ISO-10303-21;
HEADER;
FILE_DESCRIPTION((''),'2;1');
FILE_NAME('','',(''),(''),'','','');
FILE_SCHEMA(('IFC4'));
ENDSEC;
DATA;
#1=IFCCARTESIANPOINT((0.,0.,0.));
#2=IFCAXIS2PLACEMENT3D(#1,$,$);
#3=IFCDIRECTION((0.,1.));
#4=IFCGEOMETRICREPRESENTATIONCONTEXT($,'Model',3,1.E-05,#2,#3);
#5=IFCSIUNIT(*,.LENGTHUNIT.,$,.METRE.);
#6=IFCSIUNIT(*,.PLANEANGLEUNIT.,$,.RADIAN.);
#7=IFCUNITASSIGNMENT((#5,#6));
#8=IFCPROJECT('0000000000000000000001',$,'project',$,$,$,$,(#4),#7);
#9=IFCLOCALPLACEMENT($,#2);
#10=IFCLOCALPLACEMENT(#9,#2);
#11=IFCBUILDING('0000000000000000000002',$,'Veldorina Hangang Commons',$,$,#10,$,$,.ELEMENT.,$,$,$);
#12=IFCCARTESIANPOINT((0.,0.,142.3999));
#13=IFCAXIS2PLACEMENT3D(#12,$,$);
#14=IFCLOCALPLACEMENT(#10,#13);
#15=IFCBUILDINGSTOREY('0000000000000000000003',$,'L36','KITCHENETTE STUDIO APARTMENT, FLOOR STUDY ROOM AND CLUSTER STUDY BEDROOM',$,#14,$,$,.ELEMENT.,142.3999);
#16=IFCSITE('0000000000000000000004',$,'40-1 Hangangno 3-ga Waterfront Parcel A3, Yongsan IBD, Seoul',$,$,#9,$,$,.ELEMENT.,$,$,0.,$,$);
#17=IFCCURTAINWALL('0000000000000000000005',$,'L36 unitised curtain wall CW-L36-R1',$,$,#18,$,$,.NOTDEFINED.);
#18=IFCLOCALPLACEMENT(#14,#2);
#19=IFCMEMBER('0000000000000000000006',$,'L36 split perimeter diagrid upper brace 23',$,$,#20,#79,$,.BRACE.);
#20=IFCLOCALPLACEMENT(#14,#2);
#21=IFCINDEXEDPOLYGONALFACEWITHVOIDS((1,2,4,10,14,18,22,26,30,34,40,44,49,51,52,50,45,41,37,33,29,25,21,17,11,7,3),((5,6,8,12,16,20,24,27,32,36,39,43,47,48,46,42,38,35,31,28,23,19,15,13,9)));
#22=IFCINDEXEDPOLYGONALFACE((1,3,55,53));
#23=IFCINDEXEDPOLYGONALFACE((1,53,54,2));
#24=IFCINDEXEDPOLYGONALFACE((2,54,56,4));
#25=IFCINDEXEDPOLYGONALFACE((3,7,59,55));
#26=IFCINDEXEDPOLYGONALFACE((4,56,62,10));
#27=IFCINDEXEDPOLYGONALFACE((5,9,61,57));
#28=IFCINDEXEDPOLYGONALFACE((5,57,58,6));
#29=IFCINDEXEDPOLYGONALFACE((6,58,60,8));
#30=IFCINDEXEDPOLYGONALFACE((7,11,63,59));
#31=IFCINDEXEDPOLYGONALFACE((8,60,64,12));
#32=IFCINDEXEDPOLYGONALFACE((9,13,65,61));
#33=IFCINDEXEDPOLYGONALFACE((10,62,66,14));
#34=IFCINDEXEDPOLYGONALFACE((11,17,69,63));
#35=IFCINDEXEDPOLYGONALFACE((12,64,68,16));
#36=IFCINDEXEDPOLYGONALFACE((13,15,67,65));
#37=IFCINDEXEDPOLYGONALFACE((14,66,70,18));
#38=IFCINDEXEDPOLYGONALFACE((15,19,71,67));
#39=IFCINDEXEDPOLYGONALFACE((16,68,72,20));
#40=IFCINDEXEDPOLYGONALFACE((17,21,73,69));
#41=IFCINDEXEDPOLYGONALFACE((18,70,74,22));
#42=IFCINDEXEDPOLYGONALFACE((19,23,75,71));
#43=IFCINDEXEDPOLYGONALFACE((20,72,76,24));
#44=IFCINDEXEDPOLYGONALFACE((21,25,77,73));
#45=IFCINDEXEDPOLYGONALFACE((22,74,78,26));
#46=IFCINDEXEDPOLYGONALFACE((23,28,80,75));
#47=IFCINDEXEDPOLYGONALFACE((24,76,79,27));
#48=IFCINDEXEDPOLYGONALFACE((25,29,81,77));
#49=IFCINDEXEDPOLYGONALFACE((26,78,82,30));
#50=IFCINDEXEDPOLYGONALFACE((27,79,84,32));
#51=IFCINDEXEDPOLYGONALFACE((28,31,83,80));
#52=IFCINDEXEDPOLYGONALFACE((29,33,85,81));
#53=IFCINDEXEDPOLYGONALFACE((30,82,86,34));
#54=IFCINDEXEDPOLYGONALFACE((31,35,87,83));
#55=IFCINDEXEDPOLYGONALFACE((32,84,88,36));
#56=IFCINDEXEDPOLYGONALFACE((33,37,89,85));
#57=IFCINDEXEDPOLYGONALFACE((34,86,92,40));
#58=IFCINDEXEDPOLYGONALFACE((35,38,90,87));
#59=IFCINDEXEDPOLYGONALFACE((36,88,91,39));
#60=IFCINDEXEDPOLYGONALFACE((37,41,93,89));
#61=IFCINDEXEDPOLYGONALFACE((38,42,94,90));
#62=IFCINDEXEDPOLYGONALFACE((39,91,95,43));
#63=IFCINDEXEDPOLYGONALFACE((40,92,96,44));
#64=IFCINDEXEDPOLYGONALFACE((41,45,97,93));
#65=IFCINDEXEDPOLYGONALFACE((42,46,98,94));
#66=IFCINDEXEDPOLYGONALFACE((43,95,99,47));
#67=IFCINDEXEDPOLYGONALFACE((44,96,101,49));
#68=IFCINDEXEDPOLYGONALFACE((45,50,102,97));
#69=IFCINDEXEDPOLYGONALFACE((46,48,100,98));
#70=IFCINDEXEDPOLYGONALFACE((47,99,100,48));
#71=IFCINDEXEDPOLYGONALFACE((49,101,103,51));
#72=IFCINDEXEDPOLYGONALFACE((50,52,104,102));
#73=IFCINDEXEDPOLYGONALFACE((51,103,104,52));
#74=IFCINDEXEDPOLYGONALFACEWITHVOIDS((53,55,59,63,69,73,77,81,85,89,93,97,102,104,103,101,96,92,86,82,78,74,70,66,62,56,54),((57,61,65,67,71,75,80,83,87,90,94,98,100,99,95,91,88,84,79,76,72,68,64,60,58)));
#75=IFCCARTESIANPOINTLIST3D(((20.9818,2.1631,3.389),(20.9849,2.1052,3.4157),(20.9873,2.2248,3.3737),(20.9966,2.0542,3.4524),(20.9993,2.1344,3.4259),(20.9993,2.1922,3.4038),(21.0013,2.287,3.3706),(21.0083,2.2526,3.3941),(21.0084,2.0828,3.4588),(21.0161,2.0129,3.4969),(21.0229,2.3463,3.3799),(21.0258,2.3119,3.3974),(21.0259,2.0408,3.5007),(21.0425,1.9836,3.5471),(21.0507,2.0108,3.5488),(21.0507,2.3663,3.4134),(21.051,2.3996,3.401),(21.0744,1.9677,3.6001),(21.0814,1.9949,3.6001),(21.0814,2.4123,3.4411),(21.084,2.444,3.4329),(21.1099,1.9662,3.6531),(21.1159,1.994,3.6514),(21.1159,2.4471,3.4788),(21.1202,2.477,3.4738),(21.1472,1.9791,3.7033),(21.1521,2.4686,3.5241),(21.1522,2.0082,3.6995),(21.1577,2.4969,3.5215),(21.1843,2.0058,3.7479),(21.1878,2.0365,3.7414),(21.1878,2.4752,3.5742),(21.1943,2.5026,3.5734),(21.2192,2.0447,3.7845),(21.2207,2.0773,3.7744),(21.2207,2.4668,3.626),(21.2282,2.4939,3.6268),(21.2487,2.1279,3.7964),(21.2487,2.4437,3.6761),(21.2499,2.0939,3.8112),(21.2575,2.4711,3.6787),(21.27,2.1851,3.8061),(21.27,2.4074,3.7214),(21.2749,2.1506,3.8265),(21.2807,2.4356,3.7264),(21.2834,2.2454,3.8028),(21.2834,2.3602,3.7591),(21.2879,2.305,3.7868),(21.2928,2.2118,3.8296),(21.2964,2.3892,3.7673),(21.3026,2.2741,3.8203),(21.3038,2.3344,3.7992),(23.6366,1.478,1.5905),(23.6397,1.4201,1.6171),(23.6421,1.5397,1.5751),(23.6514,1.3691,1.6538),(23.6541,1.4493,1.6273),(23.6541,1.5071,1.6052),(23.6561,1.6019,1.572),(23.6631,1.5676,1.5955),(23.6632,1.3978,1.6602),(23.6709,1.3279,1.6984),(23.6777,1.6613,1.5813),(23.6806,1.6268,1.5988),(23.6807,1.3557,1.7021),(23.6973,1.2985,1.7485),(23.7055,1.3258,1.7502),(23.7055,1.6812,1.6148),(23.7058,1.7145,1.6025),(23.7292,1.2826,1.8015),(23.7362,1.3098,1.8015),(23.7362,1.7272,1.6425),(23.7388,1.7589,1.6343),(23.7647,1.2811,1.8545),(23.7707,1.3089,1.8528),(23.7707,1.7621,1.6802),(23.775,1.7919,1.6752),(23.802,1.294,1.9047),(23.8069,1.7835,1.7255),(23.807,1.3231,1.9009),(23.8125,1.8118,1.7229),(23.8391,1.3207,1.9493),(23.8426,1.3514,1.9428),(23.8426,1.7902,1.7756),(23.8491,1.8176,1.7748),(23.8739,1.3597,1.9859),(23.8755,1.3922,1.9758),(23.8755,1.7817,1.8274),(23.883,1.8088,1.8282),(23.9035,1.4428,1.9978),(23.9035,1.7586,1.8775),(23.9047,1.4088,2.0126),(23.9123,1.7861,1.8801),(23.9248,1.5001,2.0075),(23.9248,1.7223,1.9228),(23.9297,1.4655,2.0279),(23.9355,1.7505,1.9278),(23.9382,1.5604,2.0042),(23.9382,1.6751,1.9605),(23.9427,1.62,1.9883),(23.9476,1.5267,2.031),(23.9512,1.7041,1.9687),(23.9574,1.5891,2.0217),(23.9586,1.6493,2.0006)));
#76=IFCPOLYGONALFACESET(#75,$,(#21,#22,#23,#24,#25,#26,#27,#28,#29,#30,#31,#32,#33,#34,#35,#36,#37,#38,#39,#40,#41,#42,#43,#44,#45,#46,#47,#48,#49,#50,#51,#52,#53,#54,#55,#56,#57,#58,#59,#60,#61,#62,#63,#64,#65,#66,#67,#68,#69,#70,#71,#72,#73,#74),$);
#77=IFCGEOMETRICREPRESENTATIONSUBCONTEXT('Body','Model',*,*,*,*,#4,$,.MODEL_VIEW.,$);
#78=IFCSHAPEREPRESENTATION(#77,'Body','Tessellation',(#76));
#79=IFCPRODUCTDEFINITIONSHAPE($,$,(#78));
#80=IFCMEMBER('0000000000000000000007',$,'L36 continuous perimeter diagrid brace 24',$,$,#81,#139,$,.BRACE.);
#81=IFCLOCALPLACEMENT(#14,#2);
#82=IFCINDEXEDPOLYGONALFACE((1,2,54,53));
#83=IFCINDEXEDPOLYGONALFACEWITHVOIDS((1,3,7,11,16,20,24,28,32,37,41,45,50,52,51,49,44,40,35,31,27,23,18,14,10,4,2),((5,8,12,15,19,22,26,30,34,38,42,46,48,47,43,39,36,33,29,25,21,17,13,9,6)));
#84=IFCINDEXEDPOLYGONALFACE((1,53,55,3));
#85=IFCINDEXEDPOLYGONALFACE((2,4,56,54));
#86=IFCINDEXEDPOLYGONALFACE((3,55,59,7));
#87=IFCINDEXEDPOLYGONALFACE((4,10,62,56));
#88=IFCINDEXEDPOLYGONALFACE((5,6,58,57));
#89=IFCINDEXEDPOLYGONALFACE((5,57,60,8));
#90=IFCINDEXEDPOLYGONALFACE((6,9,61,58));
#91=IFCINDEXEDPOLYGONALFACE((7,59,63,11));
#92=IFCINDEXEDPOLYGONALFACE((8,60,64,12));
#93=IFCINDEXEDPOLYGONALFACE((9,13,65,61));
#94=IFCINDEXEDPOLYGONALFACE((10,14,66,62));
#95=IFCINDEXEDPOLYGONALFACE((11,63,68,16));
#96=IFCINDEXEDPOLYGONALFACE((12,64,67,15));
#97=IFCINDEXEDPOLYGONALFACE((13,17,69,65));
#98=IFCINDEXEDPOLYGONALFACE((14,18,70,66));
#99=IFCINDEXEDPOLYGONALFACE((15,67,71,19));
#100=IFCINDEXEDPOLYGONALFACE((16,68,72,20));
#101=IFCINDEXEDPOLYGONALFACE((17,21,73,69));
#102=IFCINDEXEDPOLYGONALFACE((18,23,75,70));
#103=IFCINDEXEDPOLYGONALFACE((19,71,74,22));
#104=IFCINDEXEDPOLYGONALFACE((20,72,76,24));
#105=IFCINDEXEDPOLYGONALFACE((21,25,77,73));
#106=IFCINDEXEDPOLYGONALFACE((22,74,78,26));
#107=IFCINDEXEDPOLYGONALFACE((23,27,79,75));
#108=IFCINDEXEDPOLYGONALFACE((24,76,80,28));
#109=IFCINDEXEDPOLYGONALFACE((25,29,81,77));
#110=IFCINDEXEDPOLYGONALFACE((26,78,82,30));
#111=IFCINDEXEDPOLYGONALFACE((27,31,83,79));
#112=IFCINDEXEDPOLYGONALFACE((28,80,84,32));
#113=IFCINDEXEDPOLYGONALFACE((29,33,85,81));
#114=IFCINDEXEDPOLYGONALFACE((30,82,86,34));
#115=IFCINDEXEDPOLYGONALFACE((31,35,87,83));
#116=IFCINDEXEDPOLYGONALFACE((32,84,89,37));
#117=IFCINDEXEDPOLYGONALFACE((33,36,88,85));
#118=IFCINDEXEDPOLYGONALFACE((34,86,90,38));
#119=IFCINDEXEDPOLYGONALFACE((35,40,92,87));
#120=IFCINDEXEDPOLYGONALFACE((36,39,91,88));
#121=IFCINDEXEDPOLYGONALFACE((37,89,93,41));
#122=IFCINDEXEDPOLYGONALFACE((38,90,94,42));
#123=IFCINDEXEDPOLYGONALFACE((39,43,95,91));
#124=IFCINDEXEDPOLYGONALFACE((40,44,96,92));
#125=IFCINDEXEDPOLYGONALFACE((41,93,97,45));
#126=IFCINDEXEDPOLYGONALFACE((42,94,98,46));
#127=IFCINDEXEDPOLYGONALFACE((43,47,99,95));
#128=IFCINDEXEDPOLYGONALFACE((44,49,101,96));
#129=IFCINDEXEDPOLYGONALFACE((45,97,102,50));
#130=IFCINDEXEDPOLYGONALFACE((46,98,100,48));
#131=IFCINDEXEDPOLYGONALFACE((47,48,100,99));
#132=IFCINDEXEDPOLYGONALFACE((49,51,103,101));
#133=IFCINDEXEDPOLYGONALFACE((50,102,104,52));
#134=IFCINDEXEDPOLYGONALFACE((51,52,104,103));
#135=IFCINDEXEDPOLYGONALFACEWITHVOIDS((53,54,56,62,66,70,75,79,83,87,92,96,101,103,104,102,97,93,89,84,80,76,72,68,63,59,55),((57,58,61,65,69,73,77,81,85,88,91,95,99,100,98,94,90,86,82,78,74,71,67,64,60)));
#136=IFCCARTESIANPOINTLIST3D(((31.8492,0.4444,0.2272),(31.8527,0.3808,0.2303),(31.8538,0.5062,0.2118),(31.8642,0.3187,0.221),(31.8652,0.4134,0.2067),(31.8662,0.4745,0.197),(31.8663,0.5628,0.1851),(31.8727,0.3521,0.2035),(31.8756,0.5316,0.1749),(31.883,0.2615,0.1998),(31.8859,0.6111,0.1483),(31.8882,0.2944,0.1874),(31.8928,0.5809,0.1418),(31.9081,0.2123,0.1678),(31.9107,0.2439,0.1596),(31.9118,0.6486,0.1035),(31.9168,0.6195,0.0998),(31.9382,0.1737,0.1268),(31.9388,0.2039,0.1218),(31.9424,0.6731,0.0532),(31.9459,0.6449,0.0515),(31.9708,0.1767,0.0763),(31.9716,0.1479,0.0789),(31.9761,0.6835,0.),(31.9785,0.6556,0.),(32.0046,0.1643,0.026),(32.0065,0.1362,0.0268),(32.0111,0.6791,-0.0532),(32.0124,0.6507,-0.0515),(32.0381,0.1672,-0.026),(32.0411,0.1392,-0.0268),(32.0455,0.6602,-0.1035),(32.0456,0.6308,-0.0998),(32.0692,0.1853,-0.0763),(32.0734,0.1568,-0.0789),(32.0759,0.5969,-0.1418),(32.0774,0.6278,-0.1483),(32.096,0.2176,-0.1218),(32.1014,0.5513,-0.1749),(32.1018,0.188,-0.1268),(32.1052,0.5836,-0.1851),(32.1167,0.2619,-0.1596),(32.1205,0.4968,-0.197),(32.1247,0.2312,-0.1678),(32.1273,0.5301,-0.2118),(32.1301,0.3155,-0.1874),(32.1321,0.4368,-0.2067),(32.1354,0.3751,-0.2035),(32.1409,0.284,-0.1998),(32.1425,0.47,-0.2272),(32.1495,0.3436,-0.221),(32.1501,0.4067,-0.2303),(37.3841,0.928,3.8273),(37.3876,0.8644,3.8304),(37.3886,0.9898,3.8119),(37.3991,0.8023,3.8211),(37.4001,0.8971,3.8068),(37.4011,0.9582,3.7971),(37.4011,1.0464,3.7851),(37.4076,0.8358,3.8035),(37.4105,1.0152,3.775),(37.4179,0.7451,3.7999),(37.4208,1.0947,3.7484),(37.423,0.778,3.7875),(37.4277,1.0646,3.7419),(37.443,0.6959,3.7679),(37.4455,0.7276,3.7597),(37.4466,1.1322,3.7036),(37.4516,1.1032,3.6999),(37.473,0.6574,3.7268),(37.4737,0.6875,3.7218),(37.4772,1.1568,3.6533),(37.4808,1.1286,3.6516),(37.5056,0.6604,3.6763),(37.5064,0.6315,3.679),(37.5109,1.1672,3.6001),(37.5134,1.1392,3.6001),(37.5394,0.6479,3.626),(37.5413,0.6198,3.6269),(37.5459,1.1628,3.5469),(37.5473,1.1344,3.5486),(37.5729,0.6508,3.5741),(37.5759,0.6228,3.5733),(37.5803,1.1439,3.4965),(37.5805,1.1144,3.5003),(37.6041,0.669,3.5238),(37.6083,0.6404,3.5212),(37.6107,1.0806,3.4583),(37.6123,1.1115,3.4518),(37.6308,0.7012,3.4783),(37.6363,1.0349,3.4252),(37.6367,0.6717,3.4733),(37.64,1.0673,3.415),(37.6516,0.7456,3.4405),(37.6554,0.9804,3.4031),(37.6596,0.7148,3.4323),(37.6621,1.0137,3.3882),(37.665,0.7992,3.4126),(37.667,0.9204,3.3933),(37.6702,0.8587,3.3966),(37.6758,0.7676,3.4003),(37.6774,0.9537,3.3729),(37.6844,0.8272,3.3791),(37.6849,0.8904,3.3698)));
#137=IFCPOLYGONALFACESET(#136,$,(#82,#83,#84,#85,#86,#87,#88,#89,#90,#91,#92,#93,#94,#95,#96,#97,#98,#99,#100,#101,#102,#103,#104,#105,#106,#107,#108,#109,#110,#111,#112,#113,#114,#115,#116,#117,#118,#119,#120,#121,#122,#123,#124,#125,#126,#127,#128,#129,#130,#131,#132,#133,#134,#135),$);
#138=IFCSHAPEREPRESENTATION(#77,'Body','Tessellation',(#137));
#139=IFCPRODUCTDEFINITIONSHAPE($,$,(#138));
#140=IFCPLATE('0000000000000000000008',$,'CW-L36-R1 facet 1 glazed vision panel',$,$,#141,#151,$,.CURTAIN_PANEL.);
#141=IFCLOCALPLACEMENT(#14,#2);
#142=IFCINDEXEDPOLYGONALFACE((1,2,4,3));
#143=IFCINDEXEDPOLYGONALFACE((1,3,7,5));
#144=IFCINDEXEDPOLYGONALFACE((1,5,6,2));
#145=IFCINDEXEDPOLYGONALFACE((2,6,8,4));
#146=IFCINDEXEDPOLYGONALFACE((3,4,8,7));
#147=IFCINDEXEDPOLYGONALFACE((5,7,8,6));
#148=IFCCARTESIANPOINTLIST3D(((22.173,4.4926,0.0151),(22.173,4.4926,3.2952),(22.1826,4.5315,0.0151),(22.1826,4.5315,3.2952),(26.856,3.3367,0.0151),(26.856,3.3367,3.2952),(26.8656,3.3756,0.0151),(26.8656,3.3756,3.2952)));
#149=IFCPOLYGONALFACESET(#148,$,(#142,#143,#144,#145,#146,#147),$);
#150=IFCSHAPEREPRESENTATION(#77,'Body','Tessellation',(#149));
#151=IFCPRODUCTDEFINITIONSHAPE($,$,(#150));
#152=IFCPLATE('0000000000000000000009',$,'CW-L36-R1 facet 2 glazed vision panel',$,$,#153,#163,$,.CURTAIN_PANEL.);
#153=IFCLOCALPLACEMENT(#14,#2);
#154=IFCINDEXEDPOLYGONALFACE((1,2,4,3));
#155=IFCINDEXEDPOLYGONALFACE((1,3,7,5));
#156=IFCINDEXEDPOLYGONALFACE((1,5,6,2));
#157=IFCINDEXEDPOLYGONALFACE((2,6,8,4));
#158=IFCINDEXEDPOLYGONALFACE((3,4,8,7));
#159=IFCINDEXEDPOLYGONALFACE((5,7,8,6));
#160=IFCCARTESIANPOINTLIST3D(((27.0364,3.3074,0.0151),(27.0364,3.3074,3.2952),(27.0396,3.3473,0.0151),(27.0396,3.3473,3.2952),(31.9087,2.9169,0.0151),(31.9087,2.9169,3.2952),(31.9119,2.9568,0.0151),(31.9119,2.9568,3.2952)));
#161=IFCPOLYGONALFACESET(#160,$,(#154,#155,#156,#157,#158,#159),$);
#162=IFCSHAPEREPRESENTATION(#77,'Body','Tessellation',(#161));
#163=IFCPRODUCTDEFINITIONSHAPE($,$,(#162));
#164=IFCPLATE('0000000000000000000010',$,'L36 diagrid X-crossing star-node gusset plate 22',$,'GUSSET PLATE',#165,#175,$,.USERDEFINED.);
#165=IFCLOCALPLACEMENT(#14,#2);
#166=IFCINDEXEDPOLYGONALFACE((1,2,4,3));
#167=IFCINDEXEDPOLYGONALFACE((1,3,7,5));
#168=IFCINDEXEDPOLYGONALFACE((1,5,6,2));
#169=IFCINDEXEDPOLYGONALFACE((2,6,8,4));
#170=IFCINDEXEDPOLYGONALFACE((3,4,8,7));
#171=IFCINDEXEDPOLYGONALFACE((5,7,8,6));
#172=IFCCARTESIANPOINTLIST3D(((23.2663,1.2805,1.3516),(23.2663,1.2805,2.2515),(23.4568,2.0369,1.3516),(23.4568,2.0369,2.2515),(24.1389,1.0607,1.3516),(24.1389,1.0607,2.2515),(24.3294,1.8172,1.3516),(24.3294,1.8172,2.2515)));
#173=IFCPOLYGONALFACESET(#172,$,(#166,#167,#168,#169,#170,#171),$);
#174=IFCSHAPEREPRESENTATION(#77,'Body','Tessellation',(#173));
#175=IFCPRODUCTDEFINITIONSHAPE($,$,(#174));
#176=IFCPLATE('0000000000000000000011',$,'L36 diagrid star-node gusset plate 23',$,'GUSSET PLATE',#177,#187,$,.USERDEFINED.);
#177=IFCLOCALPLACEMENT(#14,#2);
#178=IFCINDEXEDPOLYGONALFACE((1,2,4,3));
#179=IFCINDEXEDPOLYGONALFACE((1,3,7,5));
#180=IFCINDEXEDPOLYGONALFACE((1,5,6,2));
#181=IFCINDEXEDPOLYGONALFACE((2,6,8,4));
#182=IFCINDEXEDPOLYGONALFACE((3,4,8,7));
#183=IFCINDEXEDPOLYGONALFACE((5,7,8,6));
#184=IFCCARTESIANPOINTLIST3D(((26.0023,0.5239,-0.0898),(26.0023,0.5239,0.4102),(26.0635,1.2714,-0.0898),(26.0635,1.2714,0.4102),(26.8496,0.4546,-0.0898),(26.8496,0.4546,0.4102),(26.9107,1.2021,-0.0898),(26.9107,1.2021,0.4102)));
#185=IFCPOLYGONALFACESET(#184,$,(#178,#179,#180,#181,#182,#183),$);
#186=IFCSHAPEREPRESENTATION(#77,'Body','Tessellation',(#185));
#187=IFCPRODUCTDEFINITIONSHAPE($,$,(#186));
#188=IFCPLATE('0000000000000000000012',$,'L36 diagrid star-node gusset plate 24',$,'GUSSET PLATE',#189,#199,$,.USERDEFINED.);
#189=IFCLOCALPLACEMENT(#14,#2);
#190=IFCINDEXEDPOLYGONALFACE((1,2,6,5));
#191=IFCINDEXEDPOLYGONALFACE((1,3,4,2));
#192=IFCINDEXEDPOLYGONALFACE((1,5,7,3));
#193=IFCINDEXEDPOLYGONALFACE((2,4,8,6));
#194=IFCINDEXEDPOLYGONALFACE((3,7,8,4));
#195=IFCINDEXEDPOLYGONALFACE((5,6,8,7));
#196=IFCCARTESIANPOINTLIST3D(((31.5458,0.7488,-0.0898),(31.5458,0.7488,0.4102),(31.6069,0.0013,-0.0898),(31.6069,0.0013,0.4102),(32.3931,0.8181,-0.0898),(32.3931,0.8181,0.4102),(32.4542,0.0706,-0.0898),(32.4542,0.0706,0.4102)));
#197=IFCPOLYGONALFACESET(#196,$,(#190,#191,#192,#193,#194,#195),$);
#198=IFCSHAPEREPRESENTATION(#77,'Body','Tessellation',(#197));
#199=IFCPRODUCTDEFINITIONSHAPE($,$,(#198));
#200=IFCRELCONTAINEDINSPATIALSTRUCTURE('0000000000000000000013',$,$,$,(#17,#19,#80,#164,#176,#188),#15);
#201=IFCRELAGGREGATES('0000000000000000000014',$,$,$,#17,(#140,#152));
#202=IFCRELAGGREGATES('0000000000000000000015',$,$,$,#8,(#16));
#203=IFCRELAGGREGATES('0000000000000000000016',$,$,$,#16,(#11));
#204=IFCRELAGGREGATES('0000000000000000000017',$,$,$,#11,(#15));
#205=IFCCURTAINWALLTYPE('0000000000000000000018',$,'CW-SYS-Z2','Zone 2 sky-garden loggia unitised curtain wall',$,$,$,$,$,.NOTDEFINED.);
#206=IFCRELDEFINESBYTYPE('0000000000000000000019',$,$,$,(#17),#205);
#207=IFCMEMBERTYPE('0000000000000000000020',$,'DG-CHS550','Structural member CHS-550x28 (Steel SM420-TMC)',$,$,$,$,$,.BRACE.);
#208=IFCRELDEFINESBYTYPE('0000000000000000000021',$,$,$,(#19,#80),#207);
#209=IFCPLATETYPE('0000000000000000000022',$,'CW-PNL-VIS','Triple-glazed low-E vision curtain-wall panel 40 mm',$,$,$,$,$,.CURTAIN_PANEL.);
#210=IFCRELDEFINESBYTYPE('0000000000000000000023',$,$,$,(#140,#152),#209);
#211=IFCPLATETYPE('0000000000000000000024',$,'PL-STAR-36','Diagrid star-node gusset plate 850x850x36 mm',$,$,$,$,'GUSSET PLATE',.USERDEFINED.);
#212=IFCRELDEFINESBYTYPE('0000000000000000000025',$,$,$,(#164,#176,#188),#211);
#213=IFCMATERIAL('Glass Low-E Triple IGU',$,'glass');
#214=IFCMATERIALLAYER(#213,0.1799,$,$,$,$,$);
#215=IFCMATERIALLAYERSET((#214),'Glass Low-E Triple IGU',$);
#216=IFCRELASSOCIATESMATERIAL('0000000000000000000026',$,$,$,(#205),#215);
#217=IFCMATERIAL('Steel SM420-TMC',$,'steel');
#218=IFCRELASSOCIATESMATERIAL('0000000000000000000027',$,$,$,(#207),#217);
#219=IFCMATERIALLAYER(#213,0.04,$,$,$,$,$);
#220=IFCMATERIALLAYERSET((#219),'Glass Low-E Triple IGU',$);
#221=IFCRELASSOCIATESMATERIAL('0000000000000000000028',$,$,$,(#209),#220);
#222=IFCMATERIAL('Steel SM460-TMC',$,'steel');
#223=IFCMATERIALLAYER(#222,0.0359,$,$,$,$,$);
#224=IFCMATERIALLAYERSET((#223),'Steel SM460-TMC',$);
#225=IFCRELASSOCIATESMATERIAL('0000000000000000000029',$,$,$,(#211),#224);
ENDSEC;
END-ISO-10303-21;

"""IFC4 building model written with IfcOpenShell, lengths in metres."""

from ifc_helpers import new_model, si_unit, direction, frame, origin, origin_2d, place, context, subcontext, project, spatial, rectangle, hollow_circle, extrude, material, layer, layer_set, material_profile, profile_set, type_object, element, aggregate, save


model = new_model("IFC4")

# Units and contexts
model_context = context("Model", 3, precision=1e-05, world=origin(), true_north=direction((0.0, 1.0)))
body_context = subcontext(model_context, "Body", "Model", "MODEL_VIEW")
ifc_project = project(units=[si_unit("LENGTHUNIT", "METRE"), si_unit("PLANEANGLEUNIT", "RADIAN")], contexts=[model_context])

# Site, building, storey
site_placement = place(None, origin())
site = spatial("IfcSite", under=ifc_project, at=site_placement, Name="40-1 Hangangno 3-ga Waterfront Parcel A3, Yongsan IBD, Seoul", CompositionType="ELEMENT", RefElevation=0.0)
building_placement = place(site_placement, origin())
building = spatial("IfcBuilding", under=site, at=building_placement, Name="Veldorina Hangang Commons", CompositionType="ELEMENT")
storey_placement = place(building_placement, frame((0.0, 0.0, 142.3999)))
storey = spatial("IfcBuildingStorey", under=building, at=storey_placement, Name="L36", Description="KITCHENETTE STUDIO APARTMENT, FLOOR STUDY ROOM AND CLUSTER STUDY BEDROOM", CompositionType="ELEMENT", Elevation=142.3999)

# Shared definitions
ifc_material_1 = material(Name="Steel SM420-TMC", Category="steel")

# Curtain wall
ifc_material_2 = material(Name="Glass Low-E Triple IGU", Category="glass")
ifc_layer_1 = layer(ifc_material_2, 0.1799)
ifc_layer_set_1 = layer_set([ifc_layer_1], Name="Glass Low-E Triple IGU")
curtain_wall_type = type_object("IfcCurtainWallType", Name="CW-SYS-Z2", Description="Zone 2 sky-garden loggia unitised curtain wall", PredefinedType="NOTDEFINED", material=ifc_layer_set_1)
curtain_wall_placement = place(storey_placement, origin())
curtain_wall = element("IfcCurtainWall", 1, at=curtain_wall_placement, inside=storey, type_object=curtain_wall_type, Name="L36 unitised curtain wall CW-L36-R1", PredefinedType="NOTDEFINED")

# Members
ifc_material_profile_1 = material_profile(ifc_material_1, hollow_circle(Radius=0.2749, WallThickness=0.0281, at=origin_2d()), Name="CHS-550x28")
ifc_profile_set_1 = profile_set([ifc_material_profile_1], Name="Steel SM420-TMC")
member_type_1 = type_object("IfcMemberType", Name="DG-CHS550", Description="Structural member CHS-550x28 (Steel SM420-TMC)", PredefinedType="BRACE", material=ifc_profile_set_1)
member_1_placement = place(storey_placement, frame((23.7979, 1.5488, 1.8015), z_axis=(-0.809623, 0.208921, 0.54851), x_axis=(-0.249862, -0.968281, 0.0)))
element("IfcMember", 2, at=member_1_placement, inside=storey, type_object=member_type_1, Name="L36 split perimeter diagrid upper brace 23", PredefinedType="BRACE", context=body_context, shape_type="SweptSolid", body=[
    extrude(hollow_circle(Radius=0.2749, WallThickness=0.0281, at=origin_2d()), origin(), (0.0, 0.0, 1.0), 3.2791),
])
member_2_placement = place(storey_placement, frame((32.0, 0.4097, 0.0), z_axis=(0.836037, 0.073053, 0.543787), x_axis=(-0.087049, 0.996204, 0.0)))
element("IfcMember", 3, at=member_2_placement, inside=storey, type_object=member_type_1, Name="L36 continuous perimeter diagrid brace 24", PredefinedType="BRACE", context=body_context, shape_type="SweptSolid", body=[
    extrude(hollow_circle(Radius=0.2749, WallThickness=0.0281, at=origin_2d()), origin(), (0.0, 0.0, 1.0), 6.6204),
])

# Plates
ifc_layer_2 = layer(ifc_material_2, 0.04)
ifc_layer_set_2 = layer_set([ifc_layer_2], Name="Glass Low-E Triple IGU")
plate_type_1 = type_object("IfcPlateType", Name="CW-PNL-VIS", Description="Triple-glazed low-E vision curtain-wall panel 40 mm", PredefinedType="CURTAIN_PANEL", material=ifc_layer_set_2)
plate_1_placement = place(storey_placement, frame((24.5193, 3.9341, 0.0151), z_axis=(0.0, 0.0, 1.0), x_axis=(0.970863, -0.239635, 0.0)))
plate_1 = element("IfcPlate", 4, at=plate_1_placement, type_object=plate_type_1, Name="CW-L36-R1 facet 1 glazed vision panel", PredefinedType="CURTAIN_PANEL", context=body_context, shape_type="SweptSolid", body=[
    extrude(rectangle(XDim=4.8235, YDim=0.04, at=origin_2d()), origin(), (0.0, 0.0, 1.0), 3.28),
])
plate_2_placement = place(storey_placement, frame((29.4741, 3.1321, 0.0151), z_axis=(0.0, 0.0, 1.0), x_axis=(0.996804, -0.079886, 0.0)))
plate_2 = element("IfcPlate", 5, at=plate_2_placement, type_object=plate_type_1, Name="CW-L36-R1 facet 2 glazed vision panel", PredefinedType="CURTAIN_PANEL", context=body_context, shape_type="SweptSolid", body=[
    extrude(rectangle(XDim=4.8879, YDim=0.04, at=origin_2d()), origin(), (0.0, 0.0, 1.0), 3.28),
])
aggregate(curtain_wall, [plate_1, plate_2])

# Plates
ifc_material_3 = material(Name="Steel SM460-TMC", Category="steel")
ifc_layer_3 = layer(ifc_material_3, 0.0359)
ifc_layer_set_3 = layer_set([ifc_layer_3], Name="Steel SM460-TMC")
plate_type_2 = type_object("IfcPlateType", Name="PL-STAR-36", Description="Diagrid star-node gusset plate 850x850x36 mm", ElementType="GUSSET PLATE", PredefinedType="USERDEFINED", material=ifc_layer_set_3)
plate_3_placement = place(storey_placement, frame((23.7979, 1.5488, 1.3516), z_axis=(0.0, 0.0, 1.0), x_axis=(0.969723, -0.244207, 0.0)))
element("IfcPlate", 6, at=plate_3_placement, inside=storey, type_object=plate_type_2, Name="L36 diagrid X-crossing star-node gusset plate 22", ObjectType="GUSSET PLATE", PredefinedType="USERDEFINED", context=body_context, shape_type="SweptSolid", body=[
    extrude(rectangle(XDim=0.8999, YDim=0.78, at=origin_2d()), origin(), (0.0, 0.0, 1.0), 0.8999),
])
for number, where, z_axis, x_axis, name in (
    (7, (26.4565, 0.863, -0.0898), (0.0, 0.0, 1.0), (0.996673, -0.081504, 0.0), "L36 diagrid star-node gusset plate 23"),
    (8, (32.0, 0.4097, -0.0898), (0.0, 0.0, 1.0), (0.996673, 0.081504, 0.0), "L36 diagrid star-node gusset plate 24"),
):
    element("IfcPlate", number, at=place(storey_placement, frame(where, z_axis=z_axis, x_axis=x_axis)), inside=storey, type_object=plate_type_2, Name=name, ObjectType="GUSSET PLATE", PredefinedType="USERDEFINED", context=body_context, shape_type="SweptSolid", body=[
        extrude(rectangle(XDim=0.8501, YDim=0.75, at=origin_2d()), origin(), (0.0, 0.0, 1.0), 0.5),
    ])

save(model, "model.ifc")
